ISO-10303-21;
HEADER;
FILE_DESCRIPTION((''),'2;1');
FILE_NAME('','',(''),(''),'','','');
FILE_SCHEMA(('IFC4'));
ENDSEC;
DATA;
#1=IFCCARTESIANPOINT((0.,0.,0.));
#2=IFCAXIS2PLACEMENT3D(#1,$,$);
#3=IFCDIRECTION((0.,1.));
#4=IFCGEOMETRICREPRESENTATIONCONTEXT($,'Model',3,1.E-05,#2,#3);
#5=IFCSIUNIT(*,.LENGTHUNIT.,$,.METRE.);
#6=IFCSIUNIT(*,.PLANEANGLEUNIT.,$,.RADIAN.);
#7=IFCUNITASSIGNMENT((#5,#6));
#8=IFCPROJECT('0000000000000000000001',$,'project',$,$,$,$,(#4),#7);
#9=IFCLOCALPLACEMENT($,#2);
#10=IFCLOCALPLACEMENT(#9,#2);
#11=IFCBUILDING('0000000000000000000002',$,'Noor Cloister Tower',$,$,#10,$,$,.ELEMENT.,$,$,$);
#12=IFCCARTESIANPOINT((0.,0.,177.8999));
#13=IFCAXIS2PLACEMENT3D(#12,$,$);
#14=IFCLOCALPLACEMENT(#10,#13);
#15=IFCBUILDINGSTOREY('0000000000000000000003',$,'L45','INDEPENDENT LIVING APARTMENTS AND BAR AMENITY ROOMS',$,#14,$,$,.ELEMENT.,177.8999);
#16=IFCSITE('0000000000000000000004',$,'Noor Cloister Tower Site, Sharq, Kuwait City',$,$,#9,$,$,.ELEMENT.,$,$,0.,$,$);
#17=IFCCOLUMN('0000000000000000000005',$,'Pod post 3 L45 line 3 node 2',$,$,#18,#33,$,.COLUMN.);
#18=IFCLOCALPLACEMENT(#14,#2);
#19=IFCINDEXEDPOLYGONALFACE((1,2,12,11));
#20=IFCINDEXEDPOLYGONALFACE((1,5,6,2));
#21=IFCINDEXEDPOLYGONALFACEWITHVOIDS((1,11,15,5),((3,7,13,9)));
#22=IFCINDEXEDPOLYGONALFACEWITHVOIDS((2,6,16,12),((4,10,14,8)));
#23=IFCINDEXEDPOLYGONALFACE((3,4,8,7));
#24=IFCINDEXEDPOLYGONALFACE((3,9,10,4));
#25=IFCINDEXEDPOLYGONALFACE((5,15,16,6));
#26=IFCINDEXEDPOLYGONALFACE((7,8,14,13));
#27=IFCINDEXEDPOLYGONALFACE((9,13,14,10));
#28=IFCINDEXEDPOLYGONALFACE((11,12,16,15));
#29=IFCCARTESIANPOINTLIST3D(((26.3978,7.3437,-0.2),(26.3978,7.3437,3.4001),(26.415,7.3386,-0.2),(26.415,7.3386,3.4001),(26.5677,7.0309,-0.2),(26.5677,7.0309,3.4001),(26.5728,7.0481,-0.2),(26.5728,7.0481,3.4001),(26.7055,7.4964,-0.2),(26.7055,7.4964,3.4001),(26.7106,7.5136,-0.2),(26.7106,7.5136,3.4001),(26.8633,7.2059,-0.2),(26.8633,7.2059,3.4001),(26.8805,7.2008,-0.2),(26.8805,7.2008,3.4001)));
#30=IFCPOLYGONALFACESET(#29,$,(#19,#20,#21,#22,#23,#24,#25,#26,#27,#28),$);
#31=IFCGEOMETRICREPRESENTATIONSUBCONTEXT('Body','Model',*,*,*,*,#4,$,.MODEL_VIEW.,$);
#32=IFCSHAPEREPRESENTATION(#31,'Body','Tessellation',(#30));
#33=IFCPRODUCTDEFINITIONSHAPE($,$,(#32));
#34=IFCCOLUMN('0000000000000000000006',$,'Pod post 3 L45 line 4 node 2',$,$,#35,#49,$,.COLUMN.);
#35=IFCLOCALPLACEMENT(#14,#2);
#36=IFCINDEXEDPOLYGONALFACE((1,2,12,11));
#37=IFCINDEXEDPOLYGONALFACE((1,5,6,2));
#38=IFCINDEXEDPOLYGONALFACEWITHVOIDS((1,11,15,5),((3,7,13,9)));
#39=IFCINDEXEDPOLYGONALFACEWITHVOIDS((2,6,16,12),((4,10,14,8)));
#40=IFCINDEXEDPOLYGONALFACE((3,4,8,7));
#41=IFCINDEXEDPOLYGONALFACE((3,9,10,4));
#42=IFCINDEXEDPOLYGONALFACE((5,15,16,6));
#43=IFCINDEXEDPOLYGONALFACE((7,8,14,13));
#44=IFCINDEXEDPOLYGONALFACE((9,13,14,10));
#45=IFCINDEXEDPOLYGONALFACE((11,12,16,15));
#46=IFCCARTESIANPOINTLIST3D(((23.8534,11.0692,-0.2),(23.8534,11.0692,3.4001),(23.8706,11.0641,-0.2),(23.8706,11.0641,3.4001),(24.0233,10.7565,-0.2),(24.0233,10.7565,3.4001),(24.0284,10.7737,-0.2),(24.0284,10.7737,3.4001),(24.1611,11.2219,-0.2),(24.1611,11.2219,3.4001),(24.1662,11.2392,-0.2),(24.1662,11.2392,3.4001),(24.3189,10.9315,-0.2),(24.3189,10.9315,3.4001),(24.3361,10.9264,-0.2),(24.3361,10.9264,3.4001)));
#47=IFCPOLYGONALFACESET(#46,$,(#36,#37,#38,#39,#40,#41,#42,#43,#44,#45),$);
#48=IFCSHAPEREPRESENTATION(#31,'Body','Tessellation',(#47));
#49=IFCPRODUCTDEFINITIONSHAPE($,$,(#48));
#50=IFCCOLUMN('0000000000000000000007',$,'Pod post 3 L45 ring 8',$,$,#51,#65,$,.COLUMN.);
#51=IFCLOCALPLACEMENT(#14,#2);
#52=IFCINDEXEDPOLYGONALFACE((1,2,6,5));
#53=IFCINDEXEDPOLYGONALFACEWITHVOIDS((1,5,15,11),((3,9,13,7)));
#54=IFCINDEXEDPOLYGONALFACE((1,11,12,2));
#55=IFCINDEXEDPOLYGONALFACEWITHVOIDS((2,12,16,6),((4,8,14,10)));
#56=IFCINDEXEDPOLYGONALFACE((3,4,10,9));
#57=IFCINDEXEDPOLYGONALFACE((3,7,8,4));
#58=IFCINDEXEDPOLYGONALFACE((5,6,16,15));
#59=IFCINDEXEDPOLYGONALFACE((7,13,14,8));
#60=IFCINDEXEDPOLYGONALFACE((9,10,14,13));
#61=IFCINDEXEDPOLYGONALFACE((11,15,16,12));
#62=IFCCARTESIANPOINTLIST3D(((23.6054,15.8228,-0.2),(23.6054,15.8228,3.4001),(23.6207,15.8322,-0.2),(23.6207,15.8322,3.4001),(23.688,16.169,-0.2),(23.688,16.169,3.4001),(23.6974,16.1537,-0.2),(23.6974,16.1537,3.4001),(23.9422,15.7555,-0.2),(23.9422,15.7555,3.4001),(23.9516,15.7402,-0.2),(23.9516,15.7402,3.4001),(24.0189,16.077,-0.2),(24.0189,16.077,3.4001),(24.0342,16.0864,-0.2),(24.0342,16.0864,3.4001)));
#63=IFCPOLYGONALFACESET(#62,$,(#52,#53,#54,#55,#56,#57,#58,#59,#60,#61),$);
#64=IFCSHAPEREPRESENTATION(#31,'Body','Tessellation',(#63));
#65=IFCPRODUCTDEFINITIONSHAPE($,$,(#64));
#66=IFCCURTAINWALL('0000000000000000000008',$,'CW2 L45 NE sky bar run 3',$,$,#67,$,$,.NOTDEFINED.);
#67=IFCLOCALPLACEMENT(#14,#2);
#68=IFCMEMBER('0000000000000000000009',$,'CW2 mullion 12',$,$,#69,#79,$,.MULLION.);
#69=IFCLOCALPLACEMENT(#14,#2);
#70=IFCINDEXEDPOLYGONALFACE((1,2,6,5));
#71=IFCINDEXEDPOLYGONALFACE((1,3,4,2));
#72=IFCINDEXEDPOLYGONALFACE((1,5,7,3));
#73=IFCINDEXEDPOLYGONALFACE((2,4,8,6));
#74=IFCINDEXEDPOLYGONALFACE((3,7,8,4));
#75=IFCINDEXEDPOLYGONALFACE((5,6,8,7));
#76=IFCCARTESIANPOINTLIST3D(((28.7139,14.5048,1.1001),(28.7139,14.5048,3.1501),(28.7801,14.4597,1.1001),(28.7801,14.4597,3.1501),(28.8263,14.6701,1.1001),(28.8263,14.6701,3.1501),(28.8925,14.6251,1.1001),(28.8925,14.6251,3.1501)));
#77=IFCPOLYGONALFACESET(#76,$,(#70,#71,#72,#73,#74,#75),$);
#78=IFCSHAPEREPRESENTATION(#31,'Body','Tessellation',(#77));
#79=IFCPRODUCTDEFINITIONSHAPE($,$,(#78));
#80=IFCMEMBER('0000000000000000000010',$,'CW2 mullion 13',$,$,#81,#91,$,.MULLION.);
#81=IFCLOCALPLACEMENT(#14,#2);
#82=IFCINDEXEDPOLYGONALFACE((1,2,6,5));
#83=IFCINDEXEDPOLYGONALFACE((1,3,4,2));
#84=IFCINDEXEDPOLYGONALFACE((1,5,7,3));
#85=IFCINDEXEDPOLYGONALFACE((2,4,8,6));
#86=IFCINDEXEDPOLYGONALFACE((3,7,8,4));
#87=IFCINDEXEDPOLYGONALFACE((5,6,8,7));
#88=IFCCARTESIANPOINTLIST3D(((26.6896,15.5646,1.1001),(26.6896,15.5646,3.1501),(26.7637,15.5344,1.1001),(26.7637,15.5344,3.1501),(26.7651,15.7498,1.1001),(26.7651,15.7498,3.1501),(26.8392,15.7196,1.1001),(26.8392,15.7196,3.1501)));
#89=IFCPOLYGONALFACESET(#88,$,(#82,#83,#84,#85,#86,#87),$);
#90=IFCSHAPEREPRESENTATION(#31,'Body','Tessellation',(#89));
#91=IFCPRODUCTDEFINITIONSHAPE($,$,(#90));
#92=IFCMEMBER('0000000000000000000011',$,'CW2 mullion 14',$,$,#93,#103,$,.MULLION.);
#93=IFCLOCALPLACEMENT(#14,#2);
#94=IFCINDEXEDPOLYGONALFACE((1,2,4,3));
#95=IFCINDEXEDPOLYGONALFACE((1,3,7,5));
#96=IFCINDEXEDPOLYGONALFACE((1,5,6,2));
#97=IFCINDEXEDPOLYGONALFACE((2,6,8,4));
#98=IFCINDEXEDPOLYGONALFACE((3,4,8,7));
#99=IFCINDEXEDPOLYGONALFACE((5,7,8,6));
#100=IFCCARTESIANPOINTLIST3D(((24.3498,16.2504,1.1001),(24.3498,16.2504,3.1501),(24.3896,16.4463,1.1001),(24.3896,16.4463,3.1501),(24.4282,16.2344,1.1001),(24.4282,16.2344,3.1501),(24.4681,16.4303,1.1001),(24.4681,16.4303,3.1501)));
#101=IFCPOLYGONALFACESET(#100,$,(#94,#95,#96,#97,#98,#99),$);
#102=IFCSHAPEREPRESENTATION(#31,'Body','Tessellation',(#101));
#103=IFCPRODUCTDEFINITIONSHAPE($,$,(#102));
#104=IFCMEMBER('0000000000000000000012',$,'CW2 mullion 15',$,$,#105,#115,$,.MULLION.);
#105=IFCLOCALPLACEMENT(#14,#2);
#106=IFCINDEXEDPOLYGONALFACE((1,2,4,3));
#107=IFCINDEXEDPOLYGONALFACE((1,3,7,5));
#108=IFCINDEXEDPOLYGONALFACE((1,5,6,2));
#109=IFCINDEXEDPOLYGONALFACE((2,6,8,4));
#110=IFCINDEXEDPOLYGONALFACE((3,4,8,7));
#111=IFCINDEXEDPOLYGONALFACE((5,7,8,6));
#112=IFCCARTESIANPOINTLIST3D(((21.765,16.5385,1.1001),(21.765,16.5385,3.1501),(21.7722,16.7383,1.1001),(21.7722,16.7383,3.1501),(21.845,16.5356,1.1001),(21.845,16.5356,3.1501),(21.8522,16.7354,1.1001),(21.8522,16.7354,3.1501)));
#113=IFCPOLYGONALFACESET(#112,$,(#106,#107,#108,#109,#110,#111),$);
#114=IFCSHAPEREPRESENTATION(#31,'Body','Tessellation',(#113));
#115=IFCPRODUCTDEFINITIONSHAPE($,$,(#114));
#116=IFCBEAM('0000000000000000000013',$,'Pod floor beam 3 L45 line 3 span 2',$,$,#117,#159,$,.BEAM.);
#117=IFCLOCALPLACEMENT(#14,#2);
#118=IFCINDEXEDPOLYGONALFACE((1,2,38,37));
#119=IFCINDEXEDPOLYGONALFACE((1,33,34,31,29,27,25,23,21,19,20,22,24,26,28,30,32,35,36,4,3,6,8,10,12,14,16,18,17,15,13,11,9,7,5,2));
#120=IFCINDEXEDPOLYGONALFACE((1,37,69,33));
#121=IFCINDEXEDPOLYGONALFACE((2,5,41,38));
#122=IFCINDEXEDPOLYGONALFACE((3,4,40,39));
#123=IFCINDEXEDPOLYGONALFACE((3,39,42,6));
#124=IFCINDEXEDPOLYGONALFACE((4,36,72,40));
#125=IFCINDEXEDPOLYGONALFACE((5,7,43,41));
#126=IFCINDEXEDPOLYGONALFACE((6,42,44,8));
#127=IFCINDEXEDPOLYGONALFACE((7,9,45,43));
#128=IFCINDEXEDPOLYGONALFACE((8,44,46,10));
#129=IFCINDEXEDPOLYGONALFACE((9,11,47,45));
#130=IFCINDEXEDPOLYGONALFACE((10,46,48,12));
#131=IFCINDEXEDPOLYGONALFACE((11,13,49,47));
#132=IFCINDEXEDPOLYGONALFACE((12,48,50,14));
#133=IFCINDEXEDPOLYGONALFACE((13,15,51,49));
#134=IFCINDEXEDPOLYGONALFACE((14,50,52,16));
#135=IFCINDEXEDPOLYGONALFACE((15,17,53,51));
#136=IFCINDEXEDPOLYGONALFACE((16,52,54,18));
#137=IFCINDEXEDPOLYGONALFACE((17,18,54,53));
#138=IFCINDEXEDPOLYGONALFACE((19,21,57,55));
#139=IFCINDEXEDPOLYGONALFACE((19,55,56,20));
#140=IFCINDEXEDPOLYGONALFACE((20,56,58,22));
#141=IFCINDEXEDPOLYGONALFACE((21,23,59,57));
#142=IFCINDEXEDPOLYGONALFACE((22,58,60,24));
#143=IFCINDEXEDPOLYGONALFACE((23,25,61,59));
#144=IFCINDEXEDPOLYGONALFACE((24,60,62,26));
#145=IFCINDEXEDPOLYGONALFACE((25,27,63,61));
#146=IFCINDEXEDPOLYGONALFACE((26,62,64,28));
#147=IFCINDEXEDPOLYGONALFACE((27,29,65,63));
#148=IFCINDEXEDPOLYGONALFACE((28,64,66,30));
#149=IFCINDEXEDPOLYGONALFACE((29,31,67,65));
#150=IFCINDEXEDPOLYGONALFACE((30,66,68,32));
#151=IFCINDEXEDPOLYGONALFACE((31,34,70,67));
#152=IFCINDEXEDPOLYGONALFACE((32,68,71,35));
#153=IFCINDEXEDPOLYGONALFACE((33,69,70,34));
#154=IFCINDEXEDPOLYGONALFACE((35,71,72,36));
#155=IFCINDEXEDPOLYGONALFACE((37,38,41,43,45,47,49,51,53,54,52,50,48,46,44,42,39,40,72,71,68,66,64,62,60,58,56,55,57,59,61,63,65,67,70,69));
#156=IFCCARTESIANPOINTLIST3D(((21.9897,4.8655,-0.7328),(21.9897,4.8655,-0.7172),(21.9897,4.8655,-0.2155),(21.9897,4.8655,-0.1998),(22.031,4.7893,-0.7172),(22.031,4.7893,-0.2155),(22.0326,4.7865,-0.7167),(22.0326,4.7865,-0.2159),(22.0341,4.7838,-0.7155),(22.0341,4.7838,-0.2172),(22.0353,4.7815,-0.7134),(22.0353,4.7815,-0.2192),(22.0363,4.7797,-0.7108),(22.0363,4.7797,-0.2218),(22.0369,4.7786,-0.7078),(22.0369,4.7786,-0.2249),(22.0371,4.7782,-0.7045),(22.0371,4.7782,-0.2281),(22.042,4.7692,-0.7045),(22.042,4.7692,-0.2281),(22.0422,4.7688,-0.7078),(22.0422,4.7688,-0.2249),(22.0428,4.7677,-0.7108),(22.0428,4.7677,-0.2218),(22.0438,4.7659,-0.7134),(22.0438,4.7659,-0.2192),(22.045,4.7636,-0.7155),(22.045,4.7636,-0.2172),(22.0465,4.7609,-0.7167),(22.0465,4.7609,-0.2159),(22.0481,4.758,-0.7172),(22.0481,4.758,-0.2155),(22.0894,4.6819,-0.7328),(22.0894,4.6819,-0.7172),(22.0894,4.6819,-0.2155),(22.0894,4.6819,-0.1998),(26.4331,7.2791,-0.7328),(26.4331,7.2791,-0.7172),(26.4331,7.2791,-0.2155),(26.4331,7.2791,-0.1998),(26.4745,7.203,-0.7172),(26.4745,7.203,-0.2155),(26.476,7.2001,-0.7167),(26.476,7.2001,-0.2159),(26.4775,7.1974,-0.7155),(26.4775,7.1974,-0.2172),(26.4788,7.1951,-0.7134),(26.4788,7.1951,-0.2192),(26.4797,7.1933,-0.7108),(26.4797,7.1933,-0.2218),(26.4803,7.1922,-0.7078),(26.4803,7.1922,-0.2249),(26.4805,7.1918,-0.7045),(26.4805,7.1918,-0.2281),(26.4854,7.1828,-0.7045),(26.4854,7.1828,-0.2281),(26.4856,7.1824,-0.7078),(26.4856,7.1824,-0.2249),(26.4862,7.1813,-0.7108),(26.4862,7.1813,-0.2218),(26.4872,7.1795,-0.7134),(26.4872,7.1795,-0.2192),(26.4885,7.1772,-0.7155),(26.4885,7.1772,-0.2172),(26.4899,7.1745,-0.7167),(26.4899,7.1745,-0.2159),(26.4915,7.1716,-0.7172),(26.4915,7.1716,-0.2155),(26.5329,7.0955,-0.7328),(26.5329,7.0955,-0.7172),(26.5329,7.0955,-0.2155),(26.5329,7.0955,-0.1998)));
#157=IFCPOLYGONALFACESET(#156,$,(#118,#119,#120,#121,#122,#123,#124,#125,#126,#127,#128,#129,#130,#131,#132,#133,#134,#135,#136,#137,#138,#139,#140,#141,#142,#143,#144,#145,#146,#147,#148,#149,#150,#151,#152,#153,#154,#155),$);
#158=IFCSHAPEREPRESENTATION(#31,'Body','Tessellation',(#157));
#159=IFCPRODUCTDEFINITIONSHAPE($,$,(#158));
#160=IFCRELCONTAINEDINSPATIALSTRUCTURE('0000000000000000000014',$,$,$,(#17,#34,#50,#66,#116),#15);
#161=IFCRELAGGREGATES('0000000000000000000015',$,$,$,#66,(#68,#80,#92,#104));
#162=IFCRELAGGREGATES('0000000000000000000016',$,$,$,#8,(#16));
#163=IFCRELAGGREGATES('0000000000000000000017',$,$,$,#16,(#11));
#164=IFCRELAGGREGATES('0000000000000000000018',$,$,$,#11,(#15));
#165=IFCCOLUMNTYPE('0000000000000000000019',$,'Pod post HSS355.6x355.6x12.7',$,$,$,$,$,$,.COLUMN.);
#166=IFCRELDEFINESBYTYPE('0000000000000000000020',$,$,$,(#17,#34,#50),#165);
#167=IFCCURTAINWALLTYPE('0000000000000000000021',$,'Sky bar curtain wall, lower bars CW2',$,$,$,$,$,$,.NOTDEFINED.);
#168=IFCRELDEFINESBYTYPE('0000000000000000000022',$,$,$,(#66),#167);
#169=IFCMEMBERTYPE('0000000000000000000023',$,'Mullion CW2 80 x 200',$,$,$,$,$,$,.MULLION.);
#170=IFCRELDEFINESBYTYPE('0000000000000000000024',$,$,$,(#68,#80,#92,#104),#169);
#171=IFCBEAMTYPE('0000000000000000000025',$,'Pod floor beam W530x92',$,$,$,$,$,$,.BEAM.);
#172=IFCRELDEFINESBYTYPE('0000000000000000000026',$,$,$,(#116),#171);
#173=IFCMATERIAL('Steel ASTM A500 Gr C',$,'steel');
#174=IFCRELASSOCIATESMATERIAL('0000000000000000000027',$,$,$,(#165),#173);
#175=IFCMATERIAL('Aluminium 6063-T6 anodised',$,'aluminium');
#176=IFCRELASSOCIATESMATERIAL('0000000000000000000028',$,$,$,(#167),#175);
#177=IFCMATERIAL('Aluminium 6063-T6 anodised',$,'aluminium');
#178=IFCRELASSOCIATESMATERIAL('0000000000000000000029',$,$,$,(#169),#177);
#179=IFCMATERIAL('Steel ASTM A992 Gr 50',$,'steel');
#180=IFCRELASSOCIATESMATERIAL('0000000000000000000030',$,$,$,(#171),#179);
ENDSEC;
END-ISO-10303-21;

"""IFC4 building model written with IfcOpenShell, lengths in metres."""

from ifc_helpers import new_model, si_unit, direction, frame, origin, origin_2d, place, context, subcontext, project, spatial, rectangle, hollow_rectangle, i_section, extrude, material, material_profile, profile_set, type_object, element, aggregate, save


model = new_model("IFC4")

# Units and contexts
model_context = context("Model", 3, precision=1e-05, world=origin(), true_north=direction((0.0, 1.0)))
body_context = subcontext(model_context, "Body", "Model", "MODEL_VIEW")
ifc_project = project(units=[si_unit("LENGTHUNIT", "METRE"), si_unit("PLANEANGLEUNIT", "RADIAN")], contexts=[model_context])

# Site, building, storey
site_placement = place(None, origin())
site = spatial("IfcSite", under=ifc_project, at=site_placement, Name="Noor Cloister Tower Site, Sharq, Kuwait City", CompositionType="ELEMENT", RefElevation=0.0)
building_placement = place(site_placement, origin())
building = spatial("IfcBuilding", under=site, at=building_placement, Name="Noor Cloister Tower", CompositionType="ELEMENT")
storey_placement = place(building_placement, frame((0.0, 0.0, 177.8999)))
storey = spatial("IfcBuildingStorey", under=building, at=storey_placement, Name="L45", Description="INDEPENDENT LIVING APARTMENTS AND BAR AMENITY ROOMS", CompositionType="ELEMENT", Elevation=177.8999)

# Columns
ifc_material_1 = material(Name="Steel ASTM A500 Gr C", Category="steel")
ifc_material_profile_1 = material_profile(ifc_material_1, hollow_rectangle(XDim=0.356, YDim=0.356, WallThickness=0.0127, at=origin_2d()), Name="HSS355.6x355.6x12.7")
ifc_profile_set_1 = profile_set([ifc_material_profile_1], Name="Steel ASTM A500 Gr C")
column_type = type_object("IfcColumnType", Name="Pod post HSS355.6x355.6x12.7", PredefinedType="COLUMN", material=ifc_profile_set_1)
for number, where, z_axis, x_axis, name in (
    (1, (26.6392, 7.2722, -0.2), (0.0, 0.0, 1.0), (0.878722, 0.477334, 0.0), "Pod post 3 L45 line 3 node 2"),
    (2, (24.0947, 10.9978, -0.2), (0.0, 0.0, 1.0), (0.878722, 0.477334, 0.0), "Pod post 3 L45 line 4 node 2"),
    (3, (23.8198, 15.9546, -0.2), (0.0, 0.0, 1.0), (-0.972709, 0.232027, 0.0), "Pod post 3 L45 ring 8"),
):
    element("IfcColumn", number, at=place(storey_placement, frame(where, z_axis=z_axis, x_axis=x_axis)), inside=storey, type_object=column_type, Name=name, PredefinedType="COLUMN", context=body_context, shape_type="SweptSolid", body=[
        extrude(hollow_rectangle(XDim=0.356, YDim=0.356, WallThickness=0.0127, at=origin_2d()), origin(), (0.0, 0.0, 1.0), 3.6001),
    ])

# Curtain wall, members
ifc_material_2 = material(Name="Aluminium 6063-T6 anodised", Category="aluminium")
curtain_wall_type = type_object("IfcCurtainWallType", Name="Sky bar curtain wall, lower bars CW2", PredefinedType="NOTDEFINED", material=ifc_material_2)
curtain_wall_placement = place(storey_placement, origin())
curtain_wall = element("IfcCurtainWall", 4, at=curtain_wall_placement, inside=storey, type_object=curtain_wall_type, Name="CW2 L45 NE sky bar run 3", PredefinedType="NOTDEFINED")
ifc_material_3 = material(Name="Aluminium 6063-T6 anodised", Category="aluminium")
ifc_material_profile_2 = material_profile(ifc_material_3, rectangle(XDim=0.2, YDim=0.0801, at=origin_2d()), Name="200 x 80 mullion")
ifc_profile_set_2 = profile_set([ifc_material_profile_2], Name="Aluminium 6063-T6 anodised")
member_type = type_object("IfcMemberType", Name="Mullion CW2 80 x 200", PredefinedType="MULLION", material=ifc_profile_set_2)
member_1_placement = place(storey_placement, frame((28.8032, 14.5649, 1.1001), z_axis=(0.0, 0.0, 1.0), x_axis=(-0.562144, -0.82704, 0.0)))
member_1 = element("IfcMember", 5, at=member_1_placement, type_object=member_type, Name="CW2 mullion 12", PredefinedType="MULLION", context=body_context, shape_type="SweptSolid", body=[
    extrude(rectangle(XDim=0.2, YDim=0.0801, at=origin_2d()), origin(), (0.0, 0.0, 1.0), 2.05),
])
member_2_placement = place(storey_placement, frame((26.7644, 15.6421, 1.1001), z_axis=(0.0, 0.0, 1.0), x_axis=(-0.377484, -0.926016, 0.0)))
member_2 = element("IfcMember", 6, at=member_2_placement, type_object=member_type, Name="CW2 mullion 13", PredefinedType="MULLION", context=body_context, shape_type="SweptSolid", body=[
    extrude(rectangle(XDim=0.2, YDim=0.0801, at=origin_2d()), origin(), (0.0, 0.0, 1.0), 2.05),
])
member_3_placement = place(storey_placement, frame((24.4089, 16.3403, 1.1001), z_axis=(0.0, 0.0, 1.0), x_axis=(-0.199522, -0.979893, 0.0)))
member_3 = element("IfcMember", 7, at=member_3_placement, type_object=member_type, Name="CW2 mullion 14", PredefinedType="MULLION", context=body_context, shape_type="SweptSolid", body=[
    extrude(rectangle(XDim=0.2, YDim=0.0801, at=origin_2d()), origin(), (0.0, 0.0, 1.0), 2.05),
])
member_4_placement = place(storey_placement, frame((21.8086, 16.637, 1.1001), z_axis=(0.0, 0.0, 1.0), x_axis=(-0.03605, -0.99935, 0.0)))
member_4 = element("IfcMember", 8, at=member_4_placement, type_object=member_type, Name="CW2 mullion 15", PredefinedType="MULLION", context=body_context, shape_type="SweptSolid", body=[
    extrude(rectangle(XDim=0.2, YDim=0.0801, at=origin_2d()), origin(), (0.0, 0.0, 1.0), 2.05),
])

# Beam
ifc_material_4 = material(Name="Steel ASTM A992 Gr 50", Category="steel")
ifc_material_profile_3 = material_profile(ifc_material_4, i_section(OverallWidth=0.209, OverallDepth=0.533, WebThickness=0.0103, FlangeThickness=0.0156, FilletRadius=0.0127, at=origin_2d()), Name="W530x92")
ifc_profile_set_3 = profile_set([ifc_material_profile_3], Name="Steel ASTM A992 Gr 50")
beam_type = type_object("IfcBeamType", Name="Pod floor beam W530x92", PredefinedType="BEAM", material=ifc_profile_set_3)
beam_1_placement = place(storey_placement, frame((22.0396, 4.7737, -0.4663), z_axis=(0.878732, 0.477316, 0.0), x_axis=(-0.477316, 0.878732, 0.0)))
element("IfcBeam", 9, at=beam_1_placement, inside=storey, type_object=beam_type, Name="Pod floor beam 3 L45 line 3 span 2", PredefinedType="BEAM", context=body_context, shape_type="SweptSolid", body=[
    extrude(i_section(OverallWidth=0.209, OverallDepth=0.533, WebThickness=0.0103, FlangeThickness=0.0156, FilletRadius=0.0127, at=origin_2d()), origin(), (0.0, 0.0, 1.0), 5.0566),
])

aggregate(curtain_wall, [member_1, member_2, member_3, member_4])

save(model, "model.ifc")
